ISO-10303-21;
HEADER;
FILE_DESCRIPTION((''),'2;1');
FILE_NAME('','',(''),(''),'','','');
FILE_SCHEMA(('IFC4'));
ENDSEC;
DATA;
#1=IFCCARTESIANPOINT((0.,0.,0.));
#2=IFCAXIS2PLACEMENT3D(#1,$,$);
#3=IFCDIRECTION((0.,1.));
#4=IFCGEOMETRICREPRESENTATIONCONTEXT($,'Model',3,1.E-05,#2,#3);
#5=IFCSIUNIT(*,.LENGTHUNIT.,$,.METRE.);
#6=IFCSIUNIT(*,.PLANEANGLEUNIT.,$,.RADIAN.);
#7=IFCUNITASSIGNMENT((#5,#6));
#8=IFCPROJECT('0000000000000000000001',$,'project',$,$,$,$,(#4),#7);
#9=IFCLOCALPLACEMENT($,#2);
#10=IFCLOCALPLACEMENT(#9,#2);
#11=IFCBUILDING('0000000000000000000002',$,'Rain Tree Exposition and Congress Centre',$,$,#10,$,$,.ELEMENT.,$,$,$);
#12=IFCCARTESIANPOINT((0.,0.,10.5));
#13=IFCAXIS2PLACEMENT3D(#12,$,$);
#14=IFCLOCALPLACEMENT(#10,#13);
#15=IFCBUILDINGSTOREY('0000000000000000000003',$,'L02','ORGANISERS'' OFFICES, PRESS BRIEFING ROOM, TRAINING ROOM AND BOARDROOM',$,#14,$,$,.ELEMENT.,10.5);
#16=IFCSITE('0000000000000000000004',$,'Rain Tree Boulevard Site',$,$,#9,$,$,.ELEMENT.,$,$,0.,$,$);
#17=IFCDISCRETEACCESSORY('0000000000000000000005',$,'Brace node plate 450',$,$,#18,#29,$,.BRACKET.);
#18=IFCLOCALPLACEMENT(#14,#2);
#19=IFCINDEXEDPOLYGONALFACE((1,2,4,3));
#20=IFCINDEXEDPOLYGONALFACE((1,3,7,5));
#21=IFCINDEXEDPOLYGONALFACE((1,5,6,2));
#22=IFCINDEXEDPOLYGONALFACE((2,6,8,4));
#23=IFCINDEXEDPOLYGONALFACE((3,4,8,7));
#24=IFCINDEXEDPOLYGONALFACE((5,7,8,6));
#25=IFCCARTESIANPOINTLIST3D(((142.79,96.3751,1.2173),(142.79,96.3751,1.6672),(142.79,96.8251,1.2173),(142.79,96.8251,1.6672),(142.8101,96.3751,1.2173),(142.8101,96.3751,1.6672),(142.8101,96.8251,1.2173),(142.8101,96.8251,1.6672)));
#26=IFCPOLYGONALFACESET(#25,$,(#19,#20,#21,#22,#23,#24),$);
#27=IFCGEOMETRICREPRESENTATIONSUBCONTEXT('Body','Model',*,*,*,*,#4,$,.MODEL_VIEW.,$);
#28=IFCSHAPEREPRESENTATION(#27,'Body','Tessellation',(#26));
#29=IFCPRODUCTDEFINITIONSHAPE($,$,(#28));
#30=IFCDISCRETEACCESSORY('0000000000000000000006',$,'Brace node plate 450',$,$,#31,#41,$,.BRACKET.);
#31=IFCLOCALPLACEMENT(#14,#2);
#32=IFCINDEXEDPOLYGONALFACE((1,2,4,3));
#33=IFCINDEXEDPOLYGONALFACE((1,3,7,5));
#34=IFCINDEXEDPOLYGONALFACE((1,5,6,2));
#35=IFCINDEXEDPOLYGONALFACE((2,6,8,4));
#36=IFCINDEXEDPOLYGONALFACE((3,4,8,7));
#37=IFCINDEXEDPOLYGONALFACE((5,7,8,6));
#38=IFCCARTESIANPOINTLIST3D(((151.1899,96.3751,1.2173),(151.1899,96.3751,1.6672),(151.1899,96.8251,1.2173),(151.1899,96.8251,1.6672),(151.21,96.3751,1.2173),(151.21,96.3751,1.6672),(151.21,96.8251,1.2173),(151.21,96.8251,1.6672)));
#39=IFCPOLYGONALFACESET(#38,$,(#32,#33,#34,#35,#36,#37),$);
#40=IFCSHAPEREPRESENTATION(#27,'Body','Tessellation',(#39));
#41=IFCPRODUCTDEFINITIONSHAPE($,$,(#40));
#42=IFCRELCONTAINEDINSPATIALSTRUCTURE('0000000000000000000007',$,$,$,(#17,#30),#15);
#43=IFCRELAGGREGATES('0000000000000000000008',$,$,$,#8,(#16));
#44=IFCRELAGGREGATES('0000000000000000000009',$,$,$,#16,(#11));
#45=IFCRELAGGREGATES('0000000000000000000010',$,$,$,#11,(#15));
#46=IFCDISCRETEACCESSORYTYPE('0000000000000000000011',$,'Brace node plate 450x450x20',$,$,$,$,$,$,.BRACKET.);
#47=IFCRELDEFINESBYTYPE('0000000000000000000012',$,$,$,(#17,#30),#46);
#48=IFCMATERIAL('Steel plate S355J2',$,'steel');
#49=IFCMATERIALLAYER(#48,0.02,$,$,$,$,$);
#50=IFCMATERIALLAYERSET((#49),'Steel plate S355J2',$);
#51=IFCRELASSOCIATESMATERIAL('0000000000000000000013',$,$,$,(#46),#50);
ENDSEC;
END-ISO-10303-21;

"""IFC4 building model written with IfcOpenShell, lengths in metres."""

from ifc_helpers import new_model, si_unit, direction, frame, origin, origin_2d, place, context, subcontext, project, spatial, rectangle, extrude, material, layer, layer_set, type_object, element, save


model = new_model("IFC4")

# Units and contexts
model_context = context("Model", 3, precision=1e-05, world=origin(), true_north=direction((0.0, 1.0)))
body_context = subcontext(model_context, "Body", "Model", "MODEL_VIEW")
ifc_project = project(units=[si_unit("LENGTHUNIT", "METRE"), si_unit("PLANEANGLEUNIT", "RADIAN")], contexts=[model_context])

# Site, building, storey
site_placement = place(None, origin())
site = spatial("IfcSite", under=ifc_project, at=site_placement, Name="Rain Tree Boulevard Site", CompositionType="ELEMENT", RefElevation=0.0)
building_placement = place(site_placement, origin())
building = spatial("IfcBuilding", under=site, at=building_placement, Name="Rain Tree Exposition and Congress Centre", CompositionType="ELEMENT")
storey_placement = place(building_placement, frame((0.0, 0.0, 10.5)))
storey = spatial("IfcBuildingStorey", under=building, at=storey_placement, Name="L02", Description="ORGANISERS' OFFICES, PRESS BRIEFING ROOM, TRAINING ROOM AND BOARDROOM", CompositionType="ELEMENT", Elevation=10.5)

# Discrete accessories
ifc_material_1 = material(Name="Steel plate S355J2", Category="steel")
ifc_layer = layer(ifc_material_1, 0.02)
ifc_layer_set = layer_set([ifc_layer], Name="Steel plate S355J2")
discrete_accessory_type = type_object("IfcDiscreteAccessoryType", Name="Brace node plate 450x450x20", PredefinedType="BRACKET", material=ifc_layer_set)
for number, where, z_axis, x_axis, name in (
    (1, (142.8, 96.6001, 1.2173), (0.0, 0.0, 1.0), (0.0, -1.0, 0.0), "Brace node plate 450"),
    (2, (151.2, 96.6001, 1.2173), (0.0, 0.0, 1.0), (0.0, -1.0, 0.0), "Brace node plate 450"),
):
    element("IfcDiscreteAccessory", number, at=place(storey_placement, frame(where, z_axis=z_axis, x_axis=x_axis)), inside=storey, type_object=discrete_accessory_type, Name=name, PredefinedType="BRACKET", context=body_context, shape_type="SweptSolid", body=[
        extrude(rectangle(XDim=0.45, YDim=0.02, at=origin_2d()), origin(), (0.0, 0.0, 1.0), 0.45),
    ])

save(model, "model.ifc")
